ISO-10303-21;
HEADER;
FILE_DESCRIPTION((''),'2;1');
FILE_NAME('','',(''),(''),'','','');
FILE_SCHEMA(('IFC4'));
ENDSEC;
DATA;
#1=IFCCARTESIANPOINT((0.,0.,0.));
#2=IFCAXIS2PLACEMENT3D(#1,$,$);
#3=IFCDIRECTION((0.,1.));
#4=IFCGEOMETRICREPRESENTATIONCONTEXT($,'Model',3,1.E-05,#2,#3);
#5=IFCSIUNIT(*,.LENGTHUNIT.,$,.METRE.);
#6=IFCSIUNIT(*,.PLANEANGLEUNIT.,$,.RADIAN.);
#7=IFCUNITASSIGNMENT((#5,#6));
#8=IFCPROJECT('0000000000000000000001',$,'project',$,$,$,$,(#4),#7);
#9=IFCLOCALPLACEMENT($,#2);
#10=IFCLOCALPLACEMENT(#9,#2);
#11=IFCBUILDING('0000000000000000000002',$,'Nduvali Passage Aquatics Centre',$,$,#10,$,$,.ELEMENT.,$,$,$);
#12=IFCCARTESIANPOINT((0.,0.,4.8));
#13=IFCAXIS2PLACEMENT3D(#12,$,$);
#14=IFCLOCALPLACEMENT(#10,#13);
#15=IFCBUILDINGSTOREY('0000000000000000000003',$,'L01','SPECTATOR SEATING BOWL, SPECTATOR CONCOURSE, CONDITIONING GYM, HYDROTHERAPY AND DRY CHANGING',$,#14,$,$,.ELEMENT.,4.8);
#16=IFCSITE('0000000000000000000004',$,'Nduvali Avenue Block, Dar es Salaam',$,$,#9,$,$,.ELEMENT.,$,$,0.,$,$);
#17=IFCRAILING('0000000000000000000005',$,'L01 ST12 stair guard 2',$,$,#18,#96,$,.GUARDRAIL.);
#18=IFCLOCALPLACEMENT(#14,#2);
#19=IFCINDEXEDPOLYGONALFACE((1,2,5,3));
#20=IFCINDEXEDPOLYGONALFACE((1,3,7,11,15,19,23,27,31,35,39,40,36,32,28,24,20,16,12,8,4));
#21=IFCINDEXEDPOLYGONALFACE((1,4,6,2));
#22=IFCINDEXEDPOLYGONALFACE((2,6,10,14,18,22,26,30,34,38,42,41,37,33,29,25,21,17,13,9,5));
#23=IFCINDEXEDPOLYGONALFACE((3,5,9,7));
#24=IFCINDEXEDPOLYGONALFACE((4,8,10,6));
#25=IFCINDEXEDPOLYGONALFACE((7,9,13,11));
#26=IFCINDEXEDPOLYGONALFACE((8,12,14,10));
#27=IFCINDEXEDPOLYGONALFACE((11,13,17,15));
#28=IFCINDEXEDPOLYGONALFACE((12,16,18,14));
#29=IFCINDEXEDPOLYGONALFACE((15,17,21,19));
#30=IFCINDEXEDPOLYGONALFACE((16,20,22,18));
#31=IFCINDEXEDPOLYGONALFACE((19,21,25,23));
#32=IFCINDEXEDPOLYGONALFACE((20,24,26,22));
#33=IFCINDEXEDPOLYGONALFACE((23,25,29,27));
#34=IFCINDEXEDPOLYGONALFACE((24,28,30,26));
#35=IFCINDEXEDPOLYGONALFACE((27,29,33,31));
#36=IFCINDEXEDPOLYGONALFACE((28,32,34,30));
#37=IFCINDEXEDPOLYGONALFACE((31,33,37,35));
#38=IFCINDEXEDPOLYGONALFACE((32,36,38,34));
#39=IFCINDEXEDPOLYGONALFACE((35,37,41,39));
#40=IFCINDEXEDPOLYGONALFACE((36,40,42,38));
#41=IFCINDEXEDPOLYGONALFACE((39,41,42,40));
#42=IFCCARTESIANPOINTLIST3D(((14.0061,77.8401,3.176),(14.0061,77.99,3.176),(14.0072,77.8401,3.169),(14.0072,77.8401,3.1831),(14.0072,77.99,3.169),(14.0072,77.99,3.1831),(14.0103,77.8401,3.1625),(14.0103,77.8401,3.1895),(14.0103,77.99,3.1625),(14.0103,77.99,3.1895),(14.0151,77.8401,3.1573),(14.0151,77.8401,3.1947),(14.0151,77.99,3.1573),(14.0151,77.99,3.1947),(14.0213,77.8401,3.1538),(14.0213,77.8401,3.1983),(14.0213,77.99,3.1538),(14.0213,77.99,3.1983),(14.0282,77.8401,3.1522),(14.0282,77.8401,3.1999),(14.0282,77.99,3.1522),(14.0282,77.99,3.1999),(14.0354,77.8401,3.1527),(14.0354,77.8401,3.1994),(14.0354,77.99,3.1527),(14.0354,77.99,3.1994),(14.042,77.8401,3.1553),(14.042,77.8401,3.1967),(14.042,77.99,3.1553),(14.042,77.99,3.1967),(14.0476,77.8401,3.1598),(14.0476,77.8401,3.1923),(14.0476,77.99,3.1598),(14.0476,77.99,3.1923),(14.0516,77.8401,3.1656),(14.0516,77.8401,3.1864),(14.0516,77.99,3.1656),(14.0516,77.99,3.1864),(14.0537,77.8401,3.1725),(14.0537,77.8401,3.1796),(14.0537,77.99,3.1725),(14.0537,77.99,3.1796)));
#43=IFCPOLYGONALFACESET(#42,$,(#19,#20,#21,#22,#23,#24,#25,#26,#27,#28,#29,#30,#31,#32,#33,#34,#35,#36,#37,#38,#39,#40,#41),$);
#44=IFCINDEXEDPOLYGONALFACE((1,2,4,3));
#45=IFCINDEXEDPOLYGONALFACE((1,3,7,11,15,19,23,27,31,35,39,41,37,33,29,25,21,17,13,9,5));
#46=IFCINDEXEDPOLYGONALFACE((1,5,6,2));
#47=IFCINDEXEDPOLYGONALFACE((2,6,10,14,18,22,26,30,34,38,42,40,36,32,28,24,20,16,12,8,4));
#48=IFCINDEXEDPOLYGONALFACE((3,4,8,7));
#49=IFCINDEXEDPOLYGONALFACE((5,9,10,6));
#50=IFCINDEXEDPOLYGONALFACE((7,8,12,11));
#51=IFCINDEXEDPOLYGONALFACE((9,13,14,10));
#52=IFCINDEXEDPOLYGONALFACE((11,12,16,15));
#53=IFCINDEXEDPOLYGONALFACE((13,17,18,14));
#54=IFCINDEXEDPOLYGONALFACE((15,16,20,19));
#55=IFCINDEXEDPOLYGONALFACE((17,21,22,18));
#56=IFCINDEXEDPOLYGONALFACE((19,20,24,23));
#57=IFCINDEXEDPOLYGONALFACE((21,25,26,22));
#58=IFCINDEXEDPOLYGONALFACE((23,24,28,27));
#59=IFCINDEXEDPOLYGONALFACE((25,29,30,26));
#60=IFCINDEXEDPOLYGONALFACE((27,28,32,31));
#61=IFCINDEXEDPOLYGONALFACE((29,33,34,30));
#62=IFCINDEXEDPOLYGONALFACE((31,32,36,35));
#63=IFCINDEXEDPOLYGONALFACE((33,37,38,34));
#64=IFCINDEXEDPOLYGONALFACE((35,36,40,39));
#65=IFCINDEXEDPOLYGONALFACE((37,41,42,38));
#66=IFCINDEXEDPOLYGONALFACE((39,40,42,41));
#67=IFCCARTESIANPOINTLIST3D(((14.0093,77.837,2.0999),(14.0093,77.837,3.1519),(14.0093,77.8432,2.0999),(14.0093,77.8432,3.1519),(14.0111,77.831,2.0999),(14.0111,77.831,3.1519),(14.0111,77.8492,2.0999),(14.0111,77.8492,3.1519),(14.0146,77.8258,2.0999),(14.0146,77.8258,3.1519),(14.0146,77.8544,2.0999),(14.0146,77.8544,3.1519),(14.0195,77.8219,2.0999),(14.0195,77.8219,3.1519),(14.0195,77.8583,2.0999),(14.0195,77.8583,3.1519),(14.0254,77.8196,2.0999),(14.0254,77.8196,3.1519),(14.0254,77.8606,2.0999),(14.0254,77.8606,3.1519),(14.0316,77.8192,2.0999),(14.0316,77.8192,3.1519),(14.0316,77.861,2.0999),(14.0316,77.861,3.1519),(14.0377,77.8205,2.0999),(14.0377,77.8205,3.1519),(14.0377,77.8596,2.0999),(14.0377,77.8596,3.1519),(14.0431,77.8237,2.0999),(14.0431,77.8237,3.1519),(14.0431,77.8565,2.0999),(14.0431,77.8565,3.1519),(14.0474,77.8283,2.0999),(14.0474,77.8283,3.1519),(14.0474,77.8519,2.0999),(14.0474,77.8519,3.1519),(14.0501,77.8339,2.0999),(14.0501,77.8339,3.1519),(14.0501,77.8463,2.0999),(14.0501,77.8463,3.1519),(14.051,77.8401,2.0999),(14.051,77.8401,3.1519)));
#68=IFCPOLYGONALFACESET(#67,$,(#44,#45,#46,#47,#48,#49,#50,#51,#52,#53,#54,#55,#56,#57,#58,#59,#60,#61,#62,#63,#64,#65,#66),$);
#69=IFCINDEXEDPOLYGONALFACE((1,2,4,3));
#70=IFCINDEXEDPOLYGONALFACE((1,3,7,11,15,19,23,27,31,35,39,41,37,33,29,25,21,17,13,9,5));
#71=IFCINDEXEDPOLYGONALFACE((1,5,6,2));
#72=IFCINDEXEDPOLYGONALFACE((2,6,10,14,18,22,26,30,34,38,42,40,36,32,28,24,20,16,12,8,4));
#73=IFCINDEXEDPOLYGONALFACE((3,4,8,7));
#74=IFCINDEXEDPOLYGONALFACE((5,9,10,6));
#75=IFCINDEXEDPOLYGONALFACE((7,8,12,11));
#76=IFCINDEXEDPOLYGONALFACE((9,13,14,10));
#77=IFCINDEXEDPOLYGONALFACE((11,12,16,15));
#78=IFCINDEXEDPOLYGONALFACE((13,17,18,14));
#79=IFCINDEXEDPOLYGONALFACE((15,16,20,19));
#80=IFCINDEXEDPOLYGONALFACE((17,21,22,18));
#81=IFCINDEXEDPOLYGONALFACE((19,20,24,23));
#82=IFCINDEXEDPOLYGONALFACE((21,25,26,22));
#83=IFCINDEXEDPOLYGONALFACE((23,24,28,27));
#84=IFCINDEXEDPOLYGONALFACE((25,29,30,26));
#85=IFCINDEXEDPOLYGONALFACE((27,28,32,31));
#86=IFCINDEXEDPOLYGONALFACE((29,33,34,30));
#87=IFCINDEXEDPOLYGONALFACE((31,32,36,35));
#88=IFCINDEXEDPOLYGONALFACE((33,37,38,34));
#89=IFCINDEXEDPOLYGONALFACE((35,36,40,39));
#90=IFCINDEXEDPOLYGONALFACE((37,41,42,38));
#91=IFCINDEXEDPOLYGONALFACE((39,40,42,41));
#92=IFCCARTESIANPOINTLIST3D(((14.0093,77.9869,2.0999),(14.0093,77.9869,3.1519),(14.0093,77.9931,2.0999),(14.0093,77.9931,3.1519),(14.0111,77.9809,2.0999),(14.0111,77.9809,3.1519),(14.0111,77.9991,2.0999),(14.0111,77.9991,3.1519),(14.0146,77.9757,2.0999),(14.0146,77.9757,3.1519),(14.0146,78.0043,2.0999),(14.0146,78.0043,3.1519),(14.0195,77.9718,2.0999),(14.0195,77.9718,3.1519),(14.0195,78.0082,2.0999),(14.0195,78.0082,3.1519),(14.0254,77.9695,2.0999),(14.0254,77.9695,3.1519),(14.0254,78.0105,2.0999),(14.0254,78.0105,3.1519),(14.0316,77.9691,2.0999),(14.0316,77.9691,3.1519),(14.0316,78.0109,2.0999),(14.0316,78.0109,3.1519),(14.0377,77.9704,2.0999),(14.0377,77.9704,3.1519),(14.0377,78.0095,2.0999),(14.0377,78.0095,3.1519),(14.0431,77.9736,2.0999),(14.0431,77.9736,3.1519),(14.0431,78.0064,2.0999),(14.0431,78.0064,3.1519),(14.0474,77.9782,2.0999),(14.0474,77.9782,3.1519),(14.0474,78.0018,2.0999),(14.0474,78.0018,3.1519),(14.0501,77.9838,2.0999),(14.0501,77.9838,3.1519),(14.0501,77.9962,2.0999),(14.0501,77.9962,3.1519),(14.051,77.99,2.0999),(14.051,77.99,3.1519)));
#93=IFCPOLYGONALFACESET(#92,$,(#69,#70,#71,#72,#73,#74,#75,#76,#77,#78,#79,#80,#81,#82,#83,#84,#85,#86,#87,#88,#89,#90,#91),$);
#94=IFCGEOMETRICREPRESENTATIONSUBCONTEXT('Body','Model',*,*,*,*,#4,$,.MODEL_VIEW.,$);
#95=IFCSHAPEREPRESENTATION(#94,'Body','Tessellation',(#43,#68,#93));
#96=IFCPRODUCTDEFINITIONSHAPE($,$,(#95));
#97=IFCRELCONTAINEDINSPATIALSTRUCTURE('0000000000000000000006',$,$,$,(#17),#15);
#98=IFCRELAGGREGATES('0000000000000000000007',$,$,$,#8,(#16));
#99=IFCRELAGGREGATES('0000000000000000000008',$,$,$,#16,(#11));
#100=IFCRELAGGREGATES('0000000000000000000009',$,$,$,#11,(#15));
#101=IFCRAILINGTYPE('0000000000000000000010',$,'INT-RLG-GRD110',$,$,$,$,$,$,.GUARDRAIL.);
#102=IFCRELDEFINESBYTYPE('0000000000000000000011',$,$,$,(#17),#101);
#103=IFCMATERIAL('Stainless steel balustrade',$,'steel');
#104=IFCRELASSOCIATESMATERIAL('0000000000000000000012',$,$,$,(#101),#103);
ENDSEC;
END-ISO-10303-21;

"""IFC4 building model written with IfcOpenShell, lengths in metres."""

from ifc_helpers import new_model, si_unit, direction, frame, origin, origin_2d, place, context, subcontext, project, spatial, circle, extrude, material, type_object, element, save


model = new_model("IFC4")

# Units and contexts
model_context = context("Model", 3, precision=1e-05, world=origin(), true_north=direction((0.0, 1.0)))
body_context = subcontext(model_context, "Body", "Model", "MODEL_VIEW")
ifc_project = project(units=[si_unit("LENGTHUNIT", "METRE"), si_unit("PLANEANGLEUNIT", "RADIAN")], contexts=[model_context])

# Site, building, storey
site_placement = place(None, origin())
site = spatial("IfcSite", under=ifc_project, at=site_placement, Name="Nduvali Avenue Block, Dar es Salaam", CompositionType="ELEMENT", RefElevation=0.0)
building_placement = place(site_placement, origin())
building = spatial("IfcBuilding", under=site, at=building_placement, Name="Nduvali Passage Aquatics Centre", CompositionType="ELEMENT")
storey_placement = place(building_placement, frame((0.0, 0.0, 4.8)))
storey = spatial("IfcBuildingStorey", under=building, at=storey_placement, Name="L01", Description="SPECTATOR SEATING BOWL, SPECTATOR CONCOURSE, CONDITIONING GYM, HYDROTHERAPY AND DRY CHANGING", CompositionType="ELEMENT", Elevation=4.8)

# Railing
ifc_material_1 = material(Name="Stainless steel balustrade", Category="steel")
railing_type_1 = type_object("IfcRailingType", Name="INT-RLG-GRD110", PredefinedType="GUARDRAIL", material=ifc_material_1)
railing_1_placement = place(storey_placement, frame((14.03, 77.8401, 2.0999)))
element("IfcRailing", 1, at=railing_1_placement, inside=storey, type_object=railing_type_1, Name="L01 ST12 stair guard 2", PredefinedType="GUARDRAIL", context=body_context, shape_type="SweptSolid", body=[
    extrude(circle(Radius=0.0239, at=origin_2d()), frame((0.0, 0.0, 1.0762), z_axis=(0.0, 1.0, 0.0), x_axis=(-1.0, 0.0, 0.0)), (0.0, 0.0, 1.0), 0.1499),
    extrude(circle(Radius=0.021, at=origin_2d()), origin(), (0.0, 0.0, 1.0), 1.052),
    extrude(circle(Radius=0.021, at=origin_2d()), frame((0.0, 0.1499, 0.0)), (0.0, 0.0, 1.0), 1.052),
])

save(model, "model.ifc")
